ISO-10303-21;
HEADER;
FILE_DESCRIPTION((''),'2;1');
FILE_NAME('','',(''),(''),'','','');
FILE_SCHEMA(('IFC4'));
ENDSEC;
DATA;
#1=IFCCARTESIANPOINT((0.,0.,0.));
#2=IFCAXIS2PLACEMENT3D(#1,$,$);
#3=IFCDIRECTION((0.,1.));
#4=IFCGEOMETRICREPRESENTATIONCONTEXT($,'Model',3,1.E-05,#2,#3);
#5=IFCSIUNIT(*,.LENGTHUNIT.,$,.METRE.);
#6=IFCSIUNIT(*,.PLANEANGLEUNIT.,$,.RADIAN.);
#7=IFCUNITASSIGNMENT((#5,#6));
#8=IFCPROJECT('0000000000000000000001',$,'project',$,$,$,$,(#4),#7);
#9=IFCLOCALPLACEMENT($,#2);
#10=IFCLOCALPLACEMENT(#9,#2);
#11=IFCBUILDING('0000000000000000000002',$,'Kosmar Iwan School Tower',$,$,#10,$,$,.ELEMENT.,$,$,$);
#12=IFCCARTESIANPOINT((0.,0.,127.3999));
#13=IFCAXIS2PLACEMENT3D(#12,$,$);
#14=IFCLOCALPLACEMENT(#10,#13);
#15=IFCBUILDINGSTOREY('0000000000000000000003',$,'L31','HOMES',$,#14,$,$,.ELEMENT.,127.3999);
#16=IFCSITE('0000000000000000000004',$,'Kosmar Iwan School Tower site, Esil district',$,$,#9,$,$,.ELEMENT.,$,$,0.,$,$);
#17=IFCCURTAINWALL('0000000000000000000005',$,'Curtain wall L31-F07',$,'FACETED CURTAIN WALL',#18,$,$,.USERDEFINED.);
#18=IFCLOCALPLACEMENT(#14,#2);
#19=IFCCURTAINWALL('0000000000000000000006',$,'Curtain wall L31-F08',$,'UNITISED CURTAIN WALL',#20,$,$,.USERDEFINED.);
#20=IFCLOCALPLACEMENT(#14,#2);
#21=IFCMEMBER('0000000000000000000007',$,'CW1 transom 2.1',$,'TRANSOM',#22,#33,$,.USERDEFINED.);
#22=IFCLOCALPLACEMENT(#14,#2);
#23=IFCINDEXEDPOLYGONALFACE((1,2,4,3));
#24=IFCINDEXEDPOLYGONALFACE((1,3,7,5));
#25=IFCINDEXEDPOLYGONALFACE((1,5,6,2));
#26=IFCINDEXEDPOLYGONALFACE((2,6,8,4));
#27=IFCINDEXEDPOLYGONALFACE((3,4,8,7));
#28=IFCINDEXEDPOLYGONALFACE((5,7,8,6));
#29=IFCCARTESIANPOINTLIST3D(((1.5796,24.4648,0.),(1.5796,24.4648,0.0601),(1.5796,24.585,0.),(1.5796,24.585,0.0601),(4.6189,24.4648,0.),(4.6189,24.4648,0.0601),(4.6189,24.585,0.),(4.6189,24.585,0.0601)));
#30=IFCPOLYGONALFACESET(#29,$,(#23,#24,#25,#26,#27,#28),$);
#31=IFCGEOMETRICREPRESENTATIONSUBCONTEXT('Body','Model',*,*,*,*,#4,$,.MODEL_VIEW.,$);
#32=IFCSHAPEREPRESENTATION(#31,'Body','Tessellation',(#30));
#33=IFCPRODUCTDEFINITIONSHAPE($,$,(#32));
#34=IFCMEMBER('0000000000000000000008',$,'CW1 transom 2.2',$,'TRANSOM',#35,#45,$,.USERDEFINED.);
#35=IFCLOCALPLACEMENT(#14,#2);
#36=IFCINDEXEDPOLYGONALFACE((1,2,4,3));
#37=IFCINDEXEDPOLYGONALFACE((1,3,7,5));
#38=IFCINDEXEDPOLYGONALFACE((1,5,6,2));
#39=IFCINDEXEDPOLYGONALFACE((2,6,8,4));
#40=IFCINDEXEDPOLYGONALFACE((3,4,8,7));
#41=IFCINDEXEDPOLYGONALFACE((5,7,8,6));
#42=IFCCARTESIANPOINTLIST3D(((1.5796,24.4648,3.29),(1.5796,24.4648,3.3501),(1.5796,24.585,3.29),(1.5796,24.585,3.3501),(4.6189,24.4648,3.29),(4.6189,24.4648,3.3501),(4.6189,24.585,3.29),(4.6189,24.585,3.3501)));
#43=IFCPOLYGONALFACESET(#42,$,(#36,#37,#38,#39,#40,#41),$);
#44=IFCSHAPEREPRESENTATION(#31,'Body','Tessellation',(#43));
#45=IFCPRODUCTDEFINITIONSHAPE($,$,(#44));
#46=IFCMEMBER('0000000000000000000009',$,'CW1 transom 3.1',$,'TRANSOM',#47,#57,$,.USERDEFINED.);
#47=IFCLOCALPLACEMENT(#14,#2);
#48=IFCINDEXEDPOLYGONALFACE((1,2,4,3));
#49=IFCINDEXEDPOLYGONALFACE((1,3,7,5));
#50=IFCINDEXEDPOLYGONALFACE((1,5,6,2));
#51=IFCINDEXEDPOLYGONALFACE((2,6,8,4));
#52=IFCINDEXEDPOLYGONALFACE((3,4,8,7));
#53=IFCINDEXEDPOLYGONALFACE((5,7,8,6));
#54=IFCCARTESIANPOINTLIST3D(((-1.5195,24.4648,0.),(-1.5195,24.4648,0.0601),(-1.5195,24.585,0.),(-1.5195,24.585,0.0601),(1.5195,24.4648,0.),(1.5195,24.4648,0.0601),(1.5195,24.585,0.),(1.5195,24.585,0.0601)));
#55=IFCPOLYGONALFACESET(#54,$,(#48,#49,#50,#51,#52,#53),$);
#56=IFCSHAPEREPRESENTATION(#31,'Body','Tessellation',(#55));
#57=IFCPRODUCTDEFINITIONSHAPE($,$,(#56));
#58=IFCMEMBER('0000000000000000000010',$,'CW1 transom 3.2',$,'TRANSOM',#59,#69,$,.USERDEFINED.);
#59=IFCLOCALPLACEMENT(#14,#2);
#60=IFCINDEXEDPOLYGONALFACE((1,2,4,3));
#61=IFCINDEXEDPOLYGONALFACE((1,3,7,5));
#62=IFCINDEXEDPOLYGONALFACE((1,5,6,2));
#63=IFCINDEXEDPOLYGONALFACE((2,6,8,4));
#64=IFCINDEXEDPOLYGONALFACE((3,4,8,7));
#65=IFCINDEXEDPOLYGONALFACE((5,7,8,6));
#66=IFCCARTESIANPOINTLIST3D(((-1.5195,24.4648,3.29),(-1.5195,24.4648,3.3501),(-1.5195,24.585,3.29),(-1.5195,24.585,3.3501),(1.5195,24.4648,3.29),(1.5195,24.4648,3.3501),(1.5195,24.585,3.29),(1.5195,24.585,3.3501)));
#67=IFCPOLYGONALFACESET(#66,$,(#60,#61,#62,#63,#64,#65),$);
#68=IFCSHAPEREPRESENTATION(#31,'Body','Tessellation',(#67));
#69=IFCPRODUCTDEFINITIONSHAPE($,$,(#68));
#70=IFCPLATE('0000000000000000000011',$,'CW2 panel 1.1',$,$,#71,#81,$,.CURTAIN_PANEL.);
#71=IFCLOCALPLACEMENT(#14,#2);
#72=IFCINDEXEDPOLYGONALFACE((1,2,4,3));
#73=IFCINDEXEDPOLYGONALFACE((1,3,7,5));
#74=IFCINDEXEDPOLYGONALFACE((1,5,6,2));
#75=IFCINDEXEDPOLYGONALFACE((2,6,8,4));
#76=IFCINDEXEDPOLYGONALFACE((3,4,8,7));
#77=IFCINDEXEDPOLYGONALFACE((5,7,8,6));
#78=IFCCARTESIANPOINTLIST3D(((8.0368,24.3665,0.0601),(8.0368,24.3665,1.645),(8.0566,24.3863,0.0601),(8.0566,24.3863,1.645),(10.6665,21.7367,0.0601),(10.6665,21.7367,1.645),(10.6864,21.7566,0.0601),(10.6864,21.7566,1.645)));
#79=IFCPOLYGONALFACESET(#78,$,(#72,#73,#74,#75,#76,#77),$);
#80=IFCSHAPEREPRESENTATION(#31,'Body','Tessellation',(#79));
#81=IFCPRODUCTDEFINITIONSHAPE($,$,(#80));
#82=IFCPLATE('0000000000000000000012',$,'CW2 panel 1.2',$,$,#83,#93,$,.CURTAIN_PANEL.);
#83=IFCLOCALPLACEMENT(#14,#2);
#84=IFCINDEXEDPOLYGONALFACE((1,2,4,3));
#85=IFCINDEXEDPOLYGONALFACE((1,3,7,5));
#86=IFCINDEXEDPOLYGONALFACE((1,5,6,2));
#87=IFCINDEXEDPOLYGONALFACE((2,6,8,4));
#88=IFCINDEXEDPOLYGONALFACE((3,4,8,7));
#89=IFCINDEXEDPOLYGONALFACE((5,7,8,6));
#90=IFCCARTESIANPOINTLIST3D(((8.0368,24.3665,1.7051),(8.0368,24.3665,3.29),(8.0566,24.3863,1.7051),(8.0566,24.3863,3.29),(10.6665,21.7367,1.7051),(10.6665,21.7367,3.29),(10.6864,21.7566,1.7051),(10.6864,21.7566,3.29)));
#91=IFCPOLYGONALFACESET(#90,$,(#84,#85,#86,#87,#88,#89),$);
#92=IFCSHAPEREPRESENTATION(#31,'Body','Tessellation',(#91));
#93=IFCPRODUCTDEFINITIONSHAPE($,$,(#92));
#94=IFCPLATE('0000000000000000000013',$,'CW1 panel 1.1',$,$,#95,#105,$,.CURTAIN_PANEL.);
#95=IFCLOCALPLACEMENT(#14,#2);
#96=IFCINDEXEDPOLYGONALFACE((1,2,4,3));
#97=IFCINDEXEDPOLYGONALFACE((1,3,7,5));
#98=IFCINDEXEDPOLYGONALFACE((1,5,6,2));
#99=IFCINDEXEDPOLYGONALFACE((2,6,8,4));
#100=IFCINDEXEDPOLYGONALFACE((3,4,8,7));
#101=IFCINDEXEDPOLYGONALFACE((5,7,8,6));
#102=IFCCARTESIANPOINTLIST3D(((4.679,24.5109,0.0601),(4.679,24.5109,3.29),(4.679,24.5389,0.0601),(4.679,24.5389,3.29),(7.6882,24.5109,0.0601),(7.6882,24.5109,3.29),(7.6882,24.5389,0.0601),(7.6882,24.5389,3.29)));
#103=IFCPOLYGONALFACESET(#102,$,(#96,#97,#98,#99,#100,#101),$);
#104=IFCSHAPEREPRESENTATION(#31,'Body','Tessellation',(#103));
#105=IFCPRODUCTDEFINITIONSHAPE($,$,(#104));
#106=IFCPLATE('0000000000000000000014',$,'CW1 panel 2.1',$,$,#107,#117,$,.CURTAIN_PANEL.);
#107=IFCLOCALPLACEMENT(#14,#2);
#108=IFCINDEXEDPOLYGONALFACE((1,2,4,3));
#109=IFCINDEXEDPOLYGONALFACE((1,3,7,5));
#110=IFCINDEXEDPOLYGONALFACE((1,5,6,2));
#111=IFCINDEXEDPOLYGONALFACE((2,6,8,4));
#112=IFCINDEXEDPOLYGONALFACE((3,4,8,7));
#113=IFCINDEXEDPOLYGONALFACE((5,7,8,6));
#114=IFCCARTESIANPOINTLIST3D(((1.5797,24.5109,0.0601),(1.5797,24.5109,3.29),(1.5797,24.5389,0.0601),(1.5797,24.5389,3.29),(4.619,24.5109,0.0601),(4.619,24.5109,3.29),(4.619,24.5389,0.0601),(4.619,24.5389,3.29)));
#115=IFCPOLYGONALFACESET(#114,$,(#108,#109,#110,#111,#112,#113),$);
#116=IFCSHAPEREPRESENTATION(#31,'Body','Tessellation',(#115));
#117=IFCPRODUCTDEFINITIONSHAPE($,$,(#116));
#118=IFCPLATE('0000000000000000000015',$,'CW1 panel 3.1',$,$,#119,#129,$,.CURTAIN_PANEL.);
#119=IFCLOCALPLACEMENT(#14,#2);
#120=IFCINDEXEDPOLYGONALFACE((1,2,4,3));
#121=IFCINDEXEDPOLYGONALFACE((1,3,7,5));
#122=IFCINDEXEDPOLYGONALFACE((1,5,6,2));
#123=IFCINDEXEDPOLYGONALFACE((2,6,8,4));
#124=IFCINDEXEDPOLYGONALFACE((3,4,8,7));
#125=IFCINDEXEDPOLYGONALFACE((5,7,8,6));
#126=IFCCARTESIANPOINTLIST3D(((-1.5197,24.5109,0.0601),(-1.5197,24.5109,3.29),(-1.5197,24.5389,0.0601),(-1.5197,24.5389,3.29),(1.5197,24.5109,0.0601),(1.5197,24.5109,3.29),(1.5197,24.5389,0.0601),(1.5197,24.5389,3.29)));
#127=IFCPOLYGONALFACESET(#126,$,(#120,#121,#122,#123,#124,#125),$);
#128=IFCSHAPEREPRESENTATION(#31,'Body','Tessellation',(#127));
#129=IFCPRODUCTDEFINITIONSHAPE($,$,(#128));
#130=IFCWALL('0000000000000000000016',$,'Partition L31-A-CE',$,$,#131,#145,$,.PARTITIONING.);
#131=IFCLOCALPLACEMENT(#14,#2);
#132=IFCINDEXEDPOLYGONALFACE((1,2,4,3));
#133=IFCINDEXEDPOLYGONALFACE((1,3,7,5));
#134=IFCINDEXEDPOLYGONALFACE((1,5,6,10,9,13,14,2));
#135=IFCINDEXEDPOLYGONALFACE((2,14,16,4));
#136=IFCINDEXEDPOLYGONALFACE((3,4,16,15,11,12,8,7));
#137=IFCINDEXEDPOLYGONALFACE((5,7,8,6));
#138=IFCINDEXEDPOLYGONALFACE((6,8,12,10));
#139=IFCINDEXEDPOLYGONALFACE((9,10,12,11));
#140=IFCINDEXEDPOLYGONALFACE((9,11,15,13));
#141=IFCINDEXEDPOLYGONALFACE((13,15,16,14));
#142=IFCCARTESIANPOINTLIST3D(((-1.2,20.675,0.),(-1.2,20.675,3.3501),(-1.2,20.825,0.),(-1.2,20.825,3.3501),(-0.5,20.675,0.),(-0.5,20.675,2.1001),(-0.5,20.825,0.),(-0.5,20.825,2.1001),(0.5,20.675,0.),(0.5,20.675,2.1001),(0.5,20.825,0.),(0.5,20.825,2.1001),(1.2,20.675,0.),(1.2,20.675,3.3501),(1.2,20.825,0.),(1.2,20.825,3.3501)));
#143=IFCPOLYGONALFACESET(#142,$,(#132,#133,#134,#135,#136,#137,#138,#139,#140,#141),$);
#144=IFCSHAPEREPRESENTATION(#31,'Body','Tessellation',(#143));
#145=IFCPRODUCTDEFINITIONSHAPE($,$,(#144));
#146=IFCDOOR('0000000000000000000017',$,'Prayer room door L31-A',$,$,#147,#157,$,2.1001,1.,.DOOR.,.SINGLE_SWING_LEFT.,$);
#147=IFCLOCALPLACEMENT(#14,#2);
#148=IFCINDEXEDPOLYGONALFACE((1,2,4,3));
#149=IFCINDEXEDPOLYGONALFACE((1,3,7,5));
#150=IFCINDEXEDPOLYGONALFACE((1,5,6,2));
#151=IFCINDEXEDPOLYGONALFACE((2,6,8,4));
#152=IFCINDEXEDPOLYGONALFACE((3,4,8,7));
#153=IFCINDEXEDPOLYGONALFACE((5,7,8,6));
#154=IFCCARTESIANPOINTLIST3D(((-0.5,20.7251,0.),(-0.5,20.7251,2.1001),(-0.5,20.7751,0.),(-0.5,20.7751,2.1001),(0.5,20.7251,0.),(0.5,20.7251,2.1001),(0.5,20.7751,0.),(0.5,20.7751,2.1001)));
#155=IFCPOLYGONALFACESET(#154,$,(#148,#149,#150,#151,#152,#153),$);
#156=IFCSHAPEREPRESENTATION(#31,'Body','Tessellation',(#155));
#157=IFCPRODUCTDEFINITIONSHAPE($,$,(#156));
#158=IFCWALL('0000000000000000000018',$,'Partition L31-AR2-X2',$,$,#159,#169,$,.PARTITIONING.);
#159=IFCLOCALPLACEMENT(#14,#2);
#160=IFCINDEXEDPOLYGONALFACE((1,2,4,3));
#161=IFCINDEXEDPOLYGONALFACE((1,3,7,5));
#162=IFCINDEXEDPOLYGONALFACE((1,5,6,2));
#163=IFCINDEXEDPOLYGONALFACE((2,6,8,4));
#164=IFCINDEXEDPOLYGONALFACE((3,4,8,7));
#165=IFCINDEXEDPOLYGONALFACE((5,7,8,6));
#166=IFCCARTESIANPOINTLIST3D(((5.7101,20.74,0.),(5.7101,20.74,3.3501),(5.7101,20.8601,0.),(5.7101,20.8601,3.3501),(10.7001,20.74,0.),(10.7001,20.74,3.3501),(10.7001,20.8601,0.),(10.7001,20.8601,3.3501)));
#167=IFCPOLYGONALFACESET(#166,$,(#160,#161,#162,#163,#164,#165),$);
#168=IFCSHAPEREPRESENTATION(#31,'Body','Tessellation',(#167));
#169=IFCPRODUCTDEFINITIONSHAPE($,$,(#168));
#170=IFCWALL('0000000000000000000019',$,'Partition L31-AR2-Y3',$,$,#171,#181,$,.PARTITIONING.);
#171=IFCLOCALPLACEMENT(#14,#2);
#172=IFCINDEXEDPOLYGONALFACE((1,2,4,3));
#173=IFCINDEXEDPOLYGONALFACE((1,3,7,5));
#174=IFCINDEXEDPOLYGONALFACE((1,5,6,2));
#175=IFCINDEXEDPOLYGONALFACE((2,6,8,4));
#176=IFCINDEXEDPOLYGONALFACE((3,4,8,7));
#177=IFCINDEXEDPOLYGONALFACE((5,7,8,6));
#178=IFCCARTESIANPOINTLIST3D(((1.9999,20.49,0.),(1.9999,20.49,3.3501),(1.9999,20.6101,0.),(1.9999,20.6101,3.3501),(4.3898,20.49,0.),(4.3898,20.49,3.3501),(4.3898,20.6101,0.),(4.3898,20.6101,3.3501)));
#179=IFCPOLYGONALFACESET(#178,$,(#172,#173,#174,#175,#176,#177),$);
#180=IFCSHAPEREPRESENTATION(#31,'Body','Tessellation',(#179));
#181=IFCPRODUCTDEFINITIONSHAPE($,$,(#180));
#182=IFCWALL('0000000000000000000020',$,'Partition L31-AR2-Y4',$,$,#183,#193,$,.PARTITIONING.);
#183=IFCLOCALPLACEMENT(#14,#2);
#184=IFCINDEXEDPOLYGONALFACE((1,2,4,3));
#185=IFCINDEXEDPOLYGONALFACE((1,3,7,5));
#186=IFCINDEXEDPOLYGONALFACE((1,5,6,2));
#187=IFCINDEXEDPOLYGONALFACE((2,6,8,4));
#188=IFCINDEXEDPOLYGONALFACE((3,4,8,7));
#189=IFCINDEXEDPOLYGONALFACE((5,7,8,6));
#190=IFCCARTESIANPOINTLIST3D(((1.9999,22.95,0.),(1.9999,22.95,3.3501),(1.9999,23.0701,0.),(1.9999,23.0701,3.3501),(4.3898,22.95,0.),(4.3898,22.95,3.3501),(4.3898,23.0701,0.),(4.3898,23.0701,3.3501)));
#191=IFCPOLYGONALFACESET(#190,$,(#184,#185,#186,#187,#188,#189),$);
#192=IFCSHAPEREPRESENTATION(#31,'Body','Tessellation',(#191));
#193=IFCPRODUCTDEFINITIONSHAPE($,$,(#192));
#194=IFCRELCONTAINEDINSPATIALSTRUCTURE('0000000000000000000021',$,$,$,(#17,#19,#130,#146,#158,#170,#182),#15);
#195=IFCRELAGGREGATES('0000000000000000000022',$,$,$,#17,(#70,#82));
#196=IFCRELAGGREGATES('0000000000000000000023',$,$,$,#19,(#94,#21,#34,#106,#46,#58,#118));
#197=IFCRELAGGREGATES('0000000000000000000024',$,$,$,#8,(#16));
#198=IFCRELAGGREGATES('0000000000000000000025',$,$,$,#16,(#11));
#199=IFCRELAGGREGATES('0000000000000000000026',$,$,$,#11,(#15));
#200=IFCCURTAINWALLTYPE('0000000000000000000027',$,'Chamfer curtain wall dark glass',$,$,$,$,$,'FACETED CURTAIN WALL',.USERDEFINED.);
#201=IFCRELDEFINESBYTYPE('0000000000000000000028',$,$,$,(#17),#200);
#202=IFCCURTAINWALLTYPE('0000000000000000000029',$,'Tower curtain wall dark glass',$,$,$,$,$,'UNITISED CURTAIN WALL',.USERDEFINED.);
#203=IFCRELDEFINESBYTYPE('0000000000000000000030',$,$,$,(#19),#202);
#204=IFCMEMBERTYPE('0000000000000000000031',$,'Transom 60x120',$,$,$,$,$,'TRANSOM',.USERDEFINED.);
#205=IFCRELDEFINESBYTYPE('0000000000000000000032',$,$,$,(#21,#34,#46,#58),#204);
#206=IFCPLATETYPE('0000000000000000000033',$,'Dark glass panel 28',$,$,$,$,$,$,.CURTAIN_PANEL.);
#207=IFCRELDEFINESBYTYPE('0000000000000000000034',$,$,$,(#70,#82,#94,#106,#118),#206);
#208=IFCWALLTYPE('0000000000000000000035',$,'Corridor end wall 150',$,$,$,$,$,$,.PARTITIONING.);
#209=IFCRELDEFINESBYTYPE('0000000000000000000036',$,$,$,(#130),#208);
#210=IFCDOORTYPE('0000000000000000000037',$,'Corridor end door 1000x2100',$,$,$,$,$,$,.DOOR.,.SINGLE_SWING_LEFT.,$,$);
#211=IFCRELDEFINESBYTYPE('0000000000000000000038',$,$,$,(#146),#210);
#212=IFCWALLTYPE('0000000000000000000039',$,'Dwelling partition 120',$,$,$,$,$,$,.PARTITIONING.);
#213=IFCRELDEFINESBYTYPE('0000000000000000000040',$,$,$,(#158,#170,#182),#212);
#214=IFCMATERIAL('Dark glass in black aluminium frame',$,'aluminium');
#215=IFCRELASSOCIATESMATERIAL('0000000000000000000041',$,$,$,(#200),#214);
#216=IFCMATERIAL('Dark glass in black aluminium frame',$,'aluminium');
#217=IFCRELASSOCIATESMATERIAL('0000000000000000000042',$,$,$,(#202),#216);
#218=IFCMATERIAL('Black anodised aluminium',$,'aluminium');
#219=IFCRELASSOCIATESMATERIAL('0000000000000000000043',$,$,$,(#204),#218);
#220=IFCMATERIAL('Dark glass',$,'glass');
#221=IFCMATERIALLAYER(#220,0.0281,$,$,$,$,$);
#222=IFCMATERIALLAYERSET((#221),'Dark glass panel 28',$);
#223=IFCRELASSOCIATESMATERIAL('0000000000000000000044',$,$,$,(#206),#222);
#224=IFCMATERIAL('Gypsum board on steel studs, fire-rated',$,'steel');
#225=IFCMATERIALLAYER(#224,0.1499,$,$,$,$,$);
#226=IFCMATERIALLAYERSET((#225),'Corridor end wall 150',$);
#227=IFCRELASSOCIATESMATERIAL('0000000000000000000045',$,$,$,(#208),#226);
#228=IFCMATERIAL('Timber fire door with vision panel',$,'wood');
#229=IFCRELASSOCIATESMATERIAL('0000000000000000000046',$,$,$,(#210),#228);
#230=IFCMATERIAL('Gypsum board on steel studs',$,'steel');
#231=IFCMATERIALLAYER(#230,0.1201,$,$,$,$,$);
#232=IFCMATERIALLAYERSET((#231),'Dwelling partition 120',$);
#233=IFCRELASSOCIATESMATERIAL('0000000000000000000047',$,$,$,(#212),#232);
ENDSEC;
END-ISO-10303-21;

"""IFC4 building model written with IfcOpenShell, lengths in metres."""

from ifc_helpers import new_model, si_unit, direction, frame, frame_2d, origin, origin_2d, place, context, subcontext, project, spatial, rectangle, extrude, material, layer, layer_set, material_profile, profile_set, type_object, element, fill, aggregate, save


model = new_model("IFC4")

# Units and contexts
model_context = context("Model", 3, precision=1e-05, world=origin(), true_north=direction((0.0, 1.0)))
body_context = subcontext(model_context, "Body", "Model", "MODEL_VIEW")
ifc_project = project(units=[si_unit("LENGTHUNIT", "METRE"), si_unit("PLANEANGLEUNIT", "RADIAN")], contexts=[model_context])

# Site, building, storey
site_placement = place(None, origin())
site = spatial("IfcSite", under=ifc_project, at=site_placement, Name="Kosmar Iwan School Tower site, Esil district", CompositionType="ELEMENT", RefElevation=0.0)
building_placement = place(site_placement, origin())
building = spatial("IfcBuilding", under=site, at=building_placement, Name="Kosmar Iwan School Tower", CompositionType="ELEMENT")
storey_placement = place(building_placement, frame((0.0, 0.0, 127.3999)))
storey = spatial("IfcBuildingStorey", under=building, at=storey_placement, Name="L31", Description="HOMES", CompositionType="ELEMENT", Elevation=127.3999)

# Curtain walls
ifc_material_1 = material(Name="Dark glass in black aluminium frame", Category="aluminium")
curtain_wall_type_1 = type_object("IfcCurtainWallType", Name="Chamfer curtain wall dark glass", ElementType="FACETED CURTAIN WALL", PredefinedType="USERDEFINED", material=ifc_material_1)
curtain_wall_1_placement = place(storey_placement, origin())
curtain_wall_1 = element("IfcCurtainWall", 1, at=curtain_wall_1_placement, inside=storey, type_object=curtain_wall_type_1, Name="Curtain wall L31-F07", ObjectType="FACETED CURTAIN WALL", PredefinedType="USERDEFINED")
ifc_material_2 = material(Name="Dark glass in black aluminium frame", Category="aluminium")
curtain_wall_type_2 = type_object("IfcCurtainWallType", Name="Tower curtain wall dark glass", ElementType="UNITISED CURTAIN WALL", PredefinedType="USERDEFINED", material=ifc_material_2)
curtain_wall_2_placement = place(storey_placement, origin())
curtain_wall_2 = element("IfcCurtainWall", 2, at=curtain_wall_2_placement, inside=storey, type_object=curtain_wall_type_2, Name="Curtain wall L31-F08", ObjectType="UNITISED CURTAIN WALL", PredefinedType="USERDEFINED")

# Members
ifc_material_3 = material(Name="Black anodised aluminium", Category="aluminium")
ifc_material_profile_1 = material_profile(ifc_material_3, rectangle(XDim=0.1201, YDim=0.0601, at=origin_2d()), Name="TRANSOM 60x120")
ifc_profile_set_1 = profile_set([ifc_material_profile_1], Name="Black anodised aluminium")
member_type_1 = type_object("IfcMemberType", Name="Transom 60x120", ElementType="TRANSOM", PredefinedType="USERDEFINED", material=ifc_profile_set_1)
member_1_placement = place(storey_placement, frame((4.6189, 24.5249, 0.03), z_axis=(-1.0, 0.0, 0.0), x_axis=(0.0, -1.0, 0.0)))
member_1 = element("IfcMember", 3, at=member_1_placement, type_object=member_type_1, Name="CW1 transom 2.1", ObjectType="TRANSOM", PredefinedType="USERDEFINED", context=body_context, shape_type="SweptSolid", body=[
    extrude(rectangle(XDim=0.1201, YDim=0.0601, at=origin_2d()), origin(), (0.0, 0.0, 1.0), 3.0393),
])
member_2_placement = place(storey_placement, frame((4.6189, 24.5249, 3.3201), z_axis=(-1.0, 0.0, 0.0), x_axis=(0.0, -1.0, 0.0)))
member_2 = element("IfcMember", 4, at=member_2_placement, type_object=member_type_1, Name="CW1 transom 2.2", ObjectType="TRANSOM", PredefinedType="USERDEFINED", context=body_context, shape_type="SweptSolid", body=[
    extrude(rectangle(XDim=0.1201, YDim=0.0601, at=origin_2d()), origin(), (0.0, 0.0, 1.0), 3.0393),
])
member_3_placement = place(storey_placement, frame((1.5195, 24.5249, 0.03), z_axis=(-1.0, 0.0, 0.0), x_axis=(0.0, -1.0, 0.0)))
member_3 = element("IfcMember", 5, at=member_3_placement, type_object=member_type_1, Name="CW1 transom 3.1", ObjectType="TRANSOM", PredefinedType="USERDEFINED", context=body_context, shape_type="SweptSolid", body=[
    extrude(rectangle(XDim=0.1201, YDim=0.0601, at=origin_2d()), origin(), (0.0, 0.0, 1.0), 3.0391),
])
member_4_placement = place(storey_placement, frame((1.5195, 24.5249, 3.3201), z_axis=(-1.0, 0.0, 0.0), x_axis=(0.0, -1.0, 0.0)))
member_4 = element("IfcMember", 6, at=member_4_placement, type_object=member_type_1, Name="CW1 transom 3.2", ObjectType="TRANSOM", PredefinedType="USERDEFINED", context=body_context, shape_type="SweptSolid", body=[
    extrude(rectangle(XDim=0.1201, YDim=0.0601, at=origin_2d()), origin(), (0.0, 0.0, 1.0), 3.0391),
])

# Plates
ifc_material_4 = material(Name="Dark glass", Category="glass")
ifc_layer_1 = layer(ifc_material_4, 0.0281)
ifc_layer_set_1 = layer_set([ifc_layer_1], Name="Dark glass panel 28")
plate_type = type_object("IfcPlateType", Name="Dark glass panel 28", PredefinedType="CURTAIN_PANEL", material=ifc_layer_set_1)
plate_1_placement = place(storey_placement, frame((9.3616, 23.0615, 0.0601), z_axis=(0.0, 0.0, 1.0), x_axis=(-0.707107, 0.707107, 0.0)))
plate_1 = element("IfcPlate", 7, at=plate_1_placement, type_object=plate_type, Name="CW2 panel 1.1", PredefinedType="CURTAIN_PANEL", context=body_context, shape_type="SweptSolid", body=[
    extrude(rectangle(XDim=3.719, YDim=0.0281, at=origin_2d()), origin(), (0.0, 0.0, 1.0), 1.585),
])
plate_2_placement = place(storey_placement, frame((9.3616, 23.0615, 1.7051), z_axis=(0.0, 0.0, 1.0), x_axis=(-0.707107, 0.707107, 0.0)))
plate_2 = element("IfcPlate", 8, at=plate_2_placement, type_object=plate_type, Name="CW2 panel 1.2", PredefinedType="CURTAIN_PANEL", context=body_context, shape_type="SweptSolid", body=[
    extrude(rectangle(XDim=3.719, YDim=0.0281, at=origin_2d()), origin(), (0.0, 0.0, 1.0), 1.585),
])
aggregate(curtain_wall_1, [plate_1, plate_2])
plate_3_placement = place(storey_placement, frame((6.1836, 24.5249, 0.0601), z_axis=(0.0, 0.0, 1.0), x_axis=(-1.0, 0.0, 0.0)))
plate_3 = element("IfcPlate", 9, at=plate_3_placement, type_object=plate_type, Name="CW1 panel 1.1", PredefinedType="CURTAIN_PANEL", context=body_context, shape_type="SweptSolid", body=[
    extrude(rectangle(XDim=3.0093, YDim=0.0281, at=origin_2d()), origin(), (0.0, 0.0, 1.0), 3.23),
])
plate_4_placement = place(storey_placement, frame((3.0994, 24.5249, 0.0601), z_axis=(0.0, 0.0, 1.0), x_axis=(-1.0, 0.0, 0.0)))
plate_4 = element("IfcPlate", 10, at=plate_4_placement, type_object=plate_type, Name="CW1 panel 2.1", PredefinedType="CURTAIN_PANEL", context=body_context, shape_type="SweptSolid", body=[
    extrude(rectangle(XDim=3.0393, YDim=0.0281, at=origin_2d()), origin(), (0.0, 0.0, 1.0), 3.23),
])
plate_5_placement = place(storey_placement, frame((0.0, 24.5249, 0.0601), z_axis=(0.0, 0.0, 1.0), x_axis=(-1.0, 0.0, 0.0)))
plate_5 = element("IfcPlate", 11, at=plate_5_placement, type_object=plate_type, Name="CW1 panel 3.1", PredefinedType="CURTAIN_PANEL", context=body_context, shape_type="SweptSolid", body=[
    extrude(rectangle(XDim=3.0393, YDim=0.0281, at=origin_2d()), origin(), (0.0, 0.0, 1.0), 3.23),
])
aggregate(curtain_wall_2, [plate_3, member_1, member_2, plate_4, member_3, member_4, plate_5])

# Wall, opening, door
ifc_material_5 = material(Name="Gypsum board on steel studs, fire-rated", Category="steel")
ifc_layer_2 = layer(ifc_material_5, 0.1499)
ifc_layer_set_2 = layer_set([ifc_layer_2], Name="Corridor end wall 150")
wall_type_1 = type_object("IfcWallType", Name="Corridor end wall 150", PredefinedType="PARTITIONING", material=ifc_layer_set_2)
wall_1_placement = place(storey_placement, frame((1.2, 20.75, 0.0), z_axis=(0.0, 0.0, 1.0), x_axis=(-1.0, 0.0, 0.0)))
wall_1 = element("IfcWall", 12, at=wall_1_placement, inside=storey, type_object=wall_type_1, Name="Partition L31-A-CE", PredefinedType="PARTITIONING", context=body_context, shape_type="SweptSolid", body=[
    extrude(rectangle(XDim=2.3999, YDim=0.1499, at=frame_2d((1.2, 0.0))), origin(), (0.0, 0.0, 1.0), 3.3501),
])
opening_placement = place(wall_1_placement, frame((0.7, 0.0, 0.0)))
opening = element("IfcOpeningElement", 13, at=opening_placement, cuts=wall_1, PredefinedType="OPENING", context=body_context, shape_type="SweptSolid", body=[
    extrude(rectangle(XDim=1.0, YDim=2.1001, at=frame_2d((0.5, 1.05))), frame((0.0, 0.0869, 0.0), z_axis=(0.0, -1.0, 0.0), x_axis=(1.0, 0.0, 0.0)), (0.0, 0.0, 1.0), 0.1738),
])
ifc_material_6 = material(Name="Timber fire door with vision panel", Category="wood")
door_type = type_object("IfcDoorType", Name="Corridor end door 1000x2100", OperationType="SINGLE_SWING_LEFT", PredefinedType="DOOR", material=ifc_material_6)
door_placement = place(opening_placement, origin())
door = element("IfcDoor", 14, at=door_placement, inside=storey, type_object=door_type, Name="Prayer room door L31-A", OperationType="SINGLE_SWING_LEFT", OverallHeight=2.1001, OverallWidth=1.0, PredefinedType="DOOR", context=body_context, shape_type="SweptSolid", body=[
    extrude(rectangle(XDim=1.0, YDim=2.1001, at=frame_2d((0.5, 1.05))), frame((0.0, 0.0249, 0.0), z_axis=(0.0, -1.0, 0.0), x_axis=(1.0, 0.0, 0.0)), (0.0, 0.0, 1.0), 0.05),
])
fill(opening, door)

# Walls
ifc_material_7 = material(Name="Gypsum board on steel studs", Category="steel")
ifc_layer_3 = layer(ifc_material_7, 0.1201)
ifc_layer_set_3 = layer_set([ifc_layer_3], Name="Dwelling partition 120")
wall_type_2 = type_object("IfcWallType", Name="Dwelling partition 120", PredefinedType="PARTITIONING", material=ifc_layer_set_3)
wall_2_placement = place(storey_placement, frame((5.71, 20.8, 0.0), z_axis=(0.0, 0.0, 1.0), x_axis=(1.0, 0.0, 0.0)))
element("IfcWall", 15, at=wall_2_placement, inside=storey, type_object=wall_type_2, Name="Partition L31-AR2-X2", PredefinedType="PARTITIONING", context=body_context, shape_type="SweptSolid", body=[
    extrude(rectangle(XDim=4.99, YDim=0.1201, at=frame_2d((2.4951, 0.0))), origin(), (0.0, 0.0, 1.0), 3.3501),
])
for number, where, z_axis, x_axis, name in (
    (16, (2.0, 20.55, 0.0), (0.0, 0.0, 1.0), (1.0, 0.0, 0.0), "Partition L31-AR2-Y3"),
    (17, (2.0, 23.01, 0.0), (0.0, 0.0, 1.0), (1.0, 0.0, 0.0), "Partition L31-AR2-Y4"),
):
    element("IfcWall", number, at=place(storey_placement, frame(where, z_axis=z_axis, x_axis=x_axis)), inside=storey, type_object=wall_type_2, Name=name, PredefinedType="PARTITIONING", context=body_context, shape_type="SweptSolid", body=[
        extrude(rectangle(XDim=2.3899, YDim=0.1201, at=frame_2d((1.1948, 0.0))), origin(), (0.0, 0.0, 1.0), 3.3501),
    ])

save(model, "model.ifc")
